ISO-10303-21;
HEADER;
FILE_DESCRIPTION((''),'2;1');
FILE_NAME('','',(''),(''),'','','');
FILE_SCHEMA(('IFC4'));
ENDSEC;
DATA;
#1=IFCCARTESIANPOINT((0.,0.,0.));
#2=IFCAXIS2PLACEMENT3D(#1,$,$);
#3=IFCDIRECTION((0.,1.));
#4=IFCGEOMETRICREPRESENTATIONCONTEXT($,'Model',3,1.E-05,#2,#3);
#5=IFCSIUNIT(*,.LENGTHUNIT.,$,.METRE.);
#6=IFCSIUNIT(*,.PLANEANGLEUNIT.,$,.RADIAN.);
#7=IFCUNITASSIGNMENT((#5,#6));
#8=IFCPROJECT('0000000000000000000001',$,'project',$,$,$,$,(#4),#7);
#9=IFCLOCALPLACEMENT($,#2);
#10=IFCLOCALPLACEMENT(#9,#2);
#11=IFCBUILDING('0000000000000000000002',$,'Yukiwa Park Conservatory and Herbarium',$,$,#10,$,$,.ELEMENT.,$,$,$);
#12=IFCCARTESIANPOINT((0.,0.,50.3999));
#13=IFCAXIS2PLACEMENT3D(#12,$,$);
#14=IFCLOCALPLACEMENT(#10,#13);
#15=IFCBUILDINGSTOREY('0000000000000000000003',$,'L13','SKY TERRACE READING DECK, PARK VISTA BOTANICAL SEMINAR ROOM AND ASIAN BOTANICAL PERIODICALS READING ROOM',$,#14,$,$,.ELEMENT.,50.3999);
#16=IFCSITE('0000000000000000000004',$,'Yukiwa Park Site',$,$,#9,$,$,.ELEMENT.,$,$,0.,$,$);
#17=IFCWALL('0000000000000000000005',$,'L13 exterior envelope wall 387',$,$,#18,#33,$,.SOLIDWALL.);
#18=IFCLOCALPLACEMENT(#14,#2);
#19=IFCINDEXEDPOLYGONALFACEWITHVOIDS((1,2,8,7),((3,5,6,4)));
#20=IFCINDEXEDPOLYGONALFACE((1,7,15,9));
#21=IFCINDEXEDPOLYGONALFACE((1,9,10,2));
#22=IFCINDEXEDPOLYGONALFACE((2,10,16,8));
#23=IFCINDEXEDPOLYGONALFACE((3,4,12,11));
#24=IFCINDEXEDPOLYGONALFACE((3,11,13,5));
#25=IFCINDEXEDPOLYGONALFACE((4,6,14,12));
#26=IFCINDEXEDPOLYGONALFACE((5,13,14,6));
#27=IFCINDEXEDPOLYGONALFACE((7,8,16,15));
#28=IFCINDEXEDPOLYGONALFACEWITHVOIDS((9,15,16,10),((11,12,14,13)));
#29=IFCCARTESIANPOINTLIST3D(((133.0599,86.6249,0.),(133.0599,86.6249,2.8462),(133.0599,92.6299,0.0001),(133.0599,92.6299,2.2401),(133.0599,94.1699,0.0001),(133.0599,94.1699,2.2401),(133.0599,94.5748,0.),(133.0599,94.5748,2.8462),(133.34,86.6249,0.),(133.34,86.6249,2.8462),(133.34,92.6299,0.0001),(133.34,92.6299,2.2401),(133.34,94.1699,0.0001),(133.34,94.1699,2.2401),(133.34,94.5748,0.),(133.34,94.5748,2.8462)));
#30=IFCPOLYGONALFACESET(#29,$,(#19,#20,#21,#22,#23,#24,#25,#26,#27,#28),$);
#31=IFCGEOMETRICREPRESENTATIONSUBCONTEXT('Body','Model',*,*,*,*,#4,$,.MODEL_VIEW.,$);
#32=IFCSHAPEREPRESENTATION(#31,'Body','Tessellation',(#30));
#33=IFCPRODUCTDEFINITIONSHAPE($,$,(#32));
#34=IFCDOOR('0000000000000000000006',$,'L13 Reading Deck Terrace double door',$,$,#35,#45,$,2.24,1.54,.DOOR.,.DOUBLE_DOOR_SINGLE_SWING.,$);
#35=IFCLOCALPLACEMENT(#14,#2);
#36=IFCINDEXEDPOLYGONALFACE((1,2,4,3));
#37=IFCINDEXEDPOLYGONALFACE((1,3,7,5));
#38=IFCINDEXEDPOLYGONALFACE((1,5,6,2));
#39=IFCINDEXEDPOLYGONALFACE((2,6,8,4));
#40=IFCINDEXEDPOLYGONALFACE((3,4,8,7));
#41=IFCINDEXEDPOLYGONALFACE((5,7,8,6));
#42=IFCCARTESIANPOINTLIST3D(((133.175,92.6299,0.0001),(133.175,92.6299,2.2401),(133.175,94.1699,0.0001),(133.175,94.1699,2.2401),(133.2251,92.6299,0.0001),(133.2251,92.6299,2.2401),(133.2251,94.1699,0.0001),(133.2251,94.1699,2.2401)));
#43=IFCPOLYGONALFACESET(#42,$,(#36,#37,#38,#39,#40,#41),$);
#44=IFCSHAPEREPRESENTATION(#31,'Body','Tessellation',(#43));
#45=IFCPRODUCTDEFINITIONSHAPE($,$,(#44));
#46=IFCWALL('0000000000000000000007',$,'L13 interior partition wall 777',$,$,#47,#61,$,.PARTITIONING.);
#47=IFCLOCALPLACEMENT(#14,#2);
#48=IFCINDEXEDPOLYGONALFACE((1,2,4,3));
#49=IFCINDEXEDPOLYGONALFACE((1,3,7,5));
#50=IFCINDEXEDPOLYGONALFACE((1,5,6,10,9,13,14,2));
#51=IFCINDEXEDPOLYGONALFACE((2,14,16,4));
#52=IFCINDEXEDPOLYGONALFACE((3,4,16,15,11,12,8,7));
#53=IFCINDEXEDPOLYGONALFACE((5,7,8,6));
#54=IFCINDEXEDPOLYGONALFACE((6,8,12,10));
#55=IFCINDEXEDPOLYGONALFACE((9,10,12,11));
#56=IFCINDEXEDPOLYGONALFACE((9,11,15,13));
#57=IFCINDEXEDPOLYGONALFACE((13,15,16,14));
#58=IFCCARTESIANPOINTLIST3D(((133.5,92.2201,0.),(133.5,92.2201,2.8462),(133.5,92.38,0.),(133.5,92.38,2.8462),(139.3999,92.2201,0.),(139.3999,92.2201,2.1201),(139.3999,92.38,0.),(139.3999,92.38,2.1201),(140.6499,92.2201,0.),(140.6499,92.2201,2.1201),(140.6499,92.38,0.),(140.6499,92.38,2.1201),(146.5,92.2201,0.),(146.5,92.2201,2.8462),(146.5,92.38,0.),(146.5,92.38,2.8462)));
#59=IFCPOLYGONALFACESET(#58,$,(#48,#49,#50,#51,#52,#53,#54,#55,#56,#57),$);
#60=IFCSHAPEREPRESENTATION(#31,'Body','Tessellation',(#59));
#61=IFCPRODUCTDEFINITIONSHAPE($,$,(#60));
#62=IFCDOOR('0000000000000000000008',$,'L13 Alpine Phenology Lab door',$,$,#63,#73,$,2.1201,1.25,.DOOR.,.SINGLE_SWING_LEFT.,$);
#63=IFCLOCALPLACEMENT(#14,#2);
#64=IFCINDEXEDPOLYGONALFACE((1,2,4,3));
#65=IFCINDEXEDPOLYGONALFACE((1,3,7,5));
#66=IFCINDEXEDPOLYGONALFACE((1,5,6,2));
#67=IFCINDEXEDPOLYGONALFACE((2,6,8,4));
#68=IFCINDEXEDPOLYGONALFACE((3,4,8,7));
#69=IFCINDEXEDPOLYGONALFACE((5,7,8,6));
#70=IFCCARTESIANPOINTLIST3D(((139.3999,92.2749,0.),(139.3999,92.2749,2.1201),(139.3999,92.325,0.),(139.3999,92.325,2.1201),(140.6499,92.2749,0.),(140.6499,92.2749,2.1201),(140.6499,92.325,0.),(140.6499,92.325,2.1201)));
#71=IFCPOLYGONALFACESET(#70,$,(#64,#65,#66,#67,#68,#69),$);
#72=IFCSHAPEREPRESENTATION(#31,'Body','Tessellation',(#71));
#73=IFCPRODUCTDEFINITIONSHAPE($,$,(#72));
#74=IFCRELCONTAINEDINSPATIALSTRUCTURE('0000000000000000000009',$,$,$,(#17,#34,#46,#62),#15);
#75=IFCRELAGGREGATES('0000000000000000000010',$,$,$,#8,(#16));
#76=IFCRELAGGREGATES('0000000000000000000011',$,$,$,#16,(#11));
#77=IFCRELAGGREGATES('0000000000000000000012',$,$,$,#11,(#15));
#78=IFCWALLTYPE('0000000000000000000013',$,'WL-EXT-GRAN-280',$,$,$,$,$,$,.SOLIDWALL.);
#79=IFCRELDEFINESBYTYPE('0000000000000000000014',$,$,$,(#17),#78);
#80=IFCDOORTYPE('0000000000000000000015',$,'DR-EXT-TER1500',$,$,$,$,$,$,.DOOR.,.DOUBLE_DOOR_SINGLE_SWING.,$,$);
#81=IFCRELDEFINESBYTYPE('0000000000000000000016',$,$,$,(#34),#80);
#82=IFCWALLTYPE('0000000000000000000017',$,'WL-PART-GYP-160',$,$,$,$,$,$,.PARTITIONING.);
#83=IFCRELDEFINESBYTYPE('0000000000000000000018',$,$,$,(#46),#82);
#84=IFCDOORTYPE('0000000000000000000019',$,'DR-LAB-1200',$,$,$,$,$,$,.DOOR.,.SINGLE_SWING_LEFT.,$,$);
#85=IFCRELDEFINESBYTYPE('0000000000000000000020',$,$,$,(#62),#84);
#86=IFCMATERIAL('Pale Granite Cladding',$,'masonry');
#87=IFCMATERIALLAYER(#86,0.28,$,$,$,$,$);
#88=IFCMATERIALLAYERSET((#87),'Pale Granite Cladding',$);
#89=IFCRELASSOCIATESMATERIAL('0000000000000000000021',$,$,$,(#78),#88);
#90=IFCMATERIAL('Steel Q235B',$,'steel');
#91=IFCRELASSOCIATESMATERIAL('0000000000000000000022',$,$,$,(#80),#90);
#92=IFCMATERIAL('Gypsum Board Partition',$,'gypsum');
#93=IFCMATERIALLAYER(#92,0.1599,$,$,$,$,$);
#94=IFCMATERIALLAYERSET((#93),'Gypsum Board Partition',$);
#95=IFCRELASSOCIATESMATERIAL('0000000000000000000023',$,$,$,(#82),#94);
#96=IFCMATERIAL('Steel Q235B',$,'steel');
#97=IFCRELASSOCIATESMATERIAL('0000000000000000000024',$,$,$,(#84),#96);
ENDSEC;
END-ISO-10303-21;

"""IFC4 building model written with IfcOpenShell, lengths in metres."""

from ifc_helpers import new_model, si_unit, direction, frame, frame_2d, origin, place, context, subcontext, project, spatial, rectangle, extrude, material, layer, layer_set, type_object, element, fill, save


model = new_model("IFC4")

# Units and contexts
model_context = context("Model", 3, precision=1e-05, world=origin(), true_north=direction((0.0, 1.0)))
body_context = subcontext(model_context, "Body", "Model", "MODEL_VIEW")
ifc_project = project(units=[si_unit("LENGTHUNIT", "METRE"), si_unit("PLANEANGLEUNIT", "RADIAN")], contexts=[model_context])

# Site, building, storey
site_placement = place(None, origin())
site = spatial("IfcSite", under=ifc_project, at=site_placement, Name="Yukiwa Park Site", CompositionType="ELEMENT", RefElevation=0.0)
building_placement = place(site_placement, origin())
building = spatial("IfcBuilding", under=site, at=building_placement, Name="Yukiwa Park Conservatory and Herbarium", CompositionType="ELEMENT")
storey_placement = place(building_placement, frame((0.0, 0.0, 50.3999)))
storey = spatial("IfcBuildingStorey", under=building, at=storey_placement, Name="L13", Description="SKY TERRACE READING DECK, PARK VISTA BOTANICAL SEMINAR ROOM AND ASIAN BOTANICAL PERIODICALS READING ROOM", CompositionType="ELEMENT", Elevation=50.3999)

# Walls, openings, doors
ifc_material_1 = material(Name="Pale Granite Cladding", Category="masonry")
ifc_layer_1 = layer(ifc_material_1, 0.28)
ifc_layer_set_1 = layer_set([ifc_layer_1], Name="Pale Granite Cladding")
wall_type_1 = type_object("IfcWallType", Name="WL-EXT-GRAN-280", PredefinedType="SOLIDWALL", material=ifc_layer_set_1)
wall_1_placement = place(storey_placement, frame((133.2, 94.575, 0.0), z_axis=(0.0, 0.0, 1.0), x_axis=(0.0, -1.0, 0.0)))
wall_1 = element("IfcWall", 1, at=wall_1_placement, inside=storey, type_object=wall_type_1, Name="L13 exterior envelope wall 387", PredefinedType="SOLIDWALL", context=body_context, shape_type="SweptSolid", body=[
    extrude(rectangle(XDim=7.95, YDim=0.28, at=frame_2d((3.9751, 0.0))), origin(), (0.0, 0.0, 1.0), 2.8462),
])
opening_1_placement = place(wall_1_placement, frame((0.405, 0.0, 0.0)))
opening_1 = element("IfcOpeningElement", 2, at=opening_1_placement, cuts=wall_1, PredefinedType="OPENING", context=body_context, shape_type="SweptSolid", body=[
    extrude(rectangle(XDim=1.54, YDim=2.24, at=frame_2d((0.77, 1.1201))), frame((0.0, 0.1499, 0.0), z_axis=(0.0, -1.0, 0.0), x_axis=(1.0, 0.0, 0.0)), (0.0, 0.0, 1.0), 0.3),
])
ifc_material_2 = material(Name="Steel Q235B", Category="steel")
door_type_1 = type_object("IfcDoorType", Name="DR-EXT-TER1500", OperationType="DOUBLE_DOOR_SINGLE_SWING", PredefinedType="DOOR", material=ifc_material_2)
door_1_placement = place(opening_1_placement, frame((1.54, 0.0, 0.0), z_axis=(0.0, 0.0, 1.0), x_axis=(-1.0, 0.0, 0.0)))
door_1 = element("IfcDoor", 3, at=door_1_placement, inside=storey, type_object=door_type_1, Name="L13 Reading Deck Terrace double door", OperationType="DOUBLE_DOOR_SINGLE_SWING", OverallHeight=2.24, OverallWidth=1.54, PredefinedType="DOOR", context=body_context, shape_type="SweptSolid", body=[
    extrude(rectangle(XDim=1.54, YDim=2.24, at=frame_2d((0.77, 1.1201))), frame((0.0, 0.0249, 0.0), z_axis=(0.0, -1.0, 0.0), x_axis=(1.0, 0.0, 0.0)), (0.0, 0.0, 1.0), 0.05),
])
fill(opening_1, door_1)
ifc_material_3 = material(Name="Gypsum Board Partition", Category="gypsum")
ifc_layer_2 = layer(ifc_material_3, 0.1599)
ifc_layer_set_2 = layer_set([ifc_layer_2], Name="Gypsum Board Partition")
wall_type_2 = type_object("IfcWallType", Name="WL-PART-GYP-160", PredefinedType="PARTITIONING", material=ifc_layer_set_2)
wall_2_placement = place(storey_placement, frame((133.5, 92.3, 0.0), z_axis=(0.0, 0.0, 1.0), x_axis=(1.0, 0.0, 0.0)))
wall_2 = element("IfcWall", 4, at=wall_2_placement, inside=storey, type_object=wall_type_2, Name="L13 interior partition wall 777", PredefinedType="PARTITIONING", context=body_context, shape_type="SweptSolid", body=[
    extrude(rectangle(XDim=13.0, YDim=0.1599, at=frame_2d((6.5, 0.0))), origin(), (0.0, 0.0, 1.0), 2.8462),
])
opening_2_placement = place(wall_2_placement, frame((5.8999, 0.0, 0.0)))
opening_2 = element("IfcOpeningElement", 5, at=opening_2_placement, cuts=wall_2, PredefinedType="OPENING", context=body_context, shape_type="SweptSolid", body=[
    extrude(rectangle(XDim=1.25, YDim=2.1201, at=frame_2d((0.625, 1.0601))), frame((0.0, 0.0898, 0.0), z_axis=(0.0, -1.0, 0.0), x_axis=(1.0, 0.0, 0.0)), (0.0, 0.0, 1.0), 0.1799),
])
ifc_material_4 = material(Name="Steel Q235B", Category="steel")
door_type_2 = type_object("IfcDoorType", Name="DR-LAB-1200", OperationType="SINGLE_SWING_LEFT", PredefinedType="DOOR", material=ifc_material_4)
door_2_placement = place(opening_2_placement, origin())
door_2 = element("IfcDoor", 6, at=door_2_placement, inside=storey, type_object=door_type_2, Name="L13 Alpine Phenology Lab door", OperationType="SINGLE_SWING_LEFT", OverallHeight=2.1201, OverallWidth=1.25, PredefinedType="DOOR", context=body_context, shape_type="SweptSolid", body=[
    extrude(rectangle(XDim=1.25, YDim=2.1201, at=frame_2d((0.625, 1.0601))), frame((0.0, 0.0249, 0.0), z_axis=(0.0, -1.0, 0.0), x_axis=(1.0, 0.0, 0.0)), (0.0, 0.0, 1.0), 0.05),
])
fill(opening_2, door_2)

save(model, "model.ifc")
